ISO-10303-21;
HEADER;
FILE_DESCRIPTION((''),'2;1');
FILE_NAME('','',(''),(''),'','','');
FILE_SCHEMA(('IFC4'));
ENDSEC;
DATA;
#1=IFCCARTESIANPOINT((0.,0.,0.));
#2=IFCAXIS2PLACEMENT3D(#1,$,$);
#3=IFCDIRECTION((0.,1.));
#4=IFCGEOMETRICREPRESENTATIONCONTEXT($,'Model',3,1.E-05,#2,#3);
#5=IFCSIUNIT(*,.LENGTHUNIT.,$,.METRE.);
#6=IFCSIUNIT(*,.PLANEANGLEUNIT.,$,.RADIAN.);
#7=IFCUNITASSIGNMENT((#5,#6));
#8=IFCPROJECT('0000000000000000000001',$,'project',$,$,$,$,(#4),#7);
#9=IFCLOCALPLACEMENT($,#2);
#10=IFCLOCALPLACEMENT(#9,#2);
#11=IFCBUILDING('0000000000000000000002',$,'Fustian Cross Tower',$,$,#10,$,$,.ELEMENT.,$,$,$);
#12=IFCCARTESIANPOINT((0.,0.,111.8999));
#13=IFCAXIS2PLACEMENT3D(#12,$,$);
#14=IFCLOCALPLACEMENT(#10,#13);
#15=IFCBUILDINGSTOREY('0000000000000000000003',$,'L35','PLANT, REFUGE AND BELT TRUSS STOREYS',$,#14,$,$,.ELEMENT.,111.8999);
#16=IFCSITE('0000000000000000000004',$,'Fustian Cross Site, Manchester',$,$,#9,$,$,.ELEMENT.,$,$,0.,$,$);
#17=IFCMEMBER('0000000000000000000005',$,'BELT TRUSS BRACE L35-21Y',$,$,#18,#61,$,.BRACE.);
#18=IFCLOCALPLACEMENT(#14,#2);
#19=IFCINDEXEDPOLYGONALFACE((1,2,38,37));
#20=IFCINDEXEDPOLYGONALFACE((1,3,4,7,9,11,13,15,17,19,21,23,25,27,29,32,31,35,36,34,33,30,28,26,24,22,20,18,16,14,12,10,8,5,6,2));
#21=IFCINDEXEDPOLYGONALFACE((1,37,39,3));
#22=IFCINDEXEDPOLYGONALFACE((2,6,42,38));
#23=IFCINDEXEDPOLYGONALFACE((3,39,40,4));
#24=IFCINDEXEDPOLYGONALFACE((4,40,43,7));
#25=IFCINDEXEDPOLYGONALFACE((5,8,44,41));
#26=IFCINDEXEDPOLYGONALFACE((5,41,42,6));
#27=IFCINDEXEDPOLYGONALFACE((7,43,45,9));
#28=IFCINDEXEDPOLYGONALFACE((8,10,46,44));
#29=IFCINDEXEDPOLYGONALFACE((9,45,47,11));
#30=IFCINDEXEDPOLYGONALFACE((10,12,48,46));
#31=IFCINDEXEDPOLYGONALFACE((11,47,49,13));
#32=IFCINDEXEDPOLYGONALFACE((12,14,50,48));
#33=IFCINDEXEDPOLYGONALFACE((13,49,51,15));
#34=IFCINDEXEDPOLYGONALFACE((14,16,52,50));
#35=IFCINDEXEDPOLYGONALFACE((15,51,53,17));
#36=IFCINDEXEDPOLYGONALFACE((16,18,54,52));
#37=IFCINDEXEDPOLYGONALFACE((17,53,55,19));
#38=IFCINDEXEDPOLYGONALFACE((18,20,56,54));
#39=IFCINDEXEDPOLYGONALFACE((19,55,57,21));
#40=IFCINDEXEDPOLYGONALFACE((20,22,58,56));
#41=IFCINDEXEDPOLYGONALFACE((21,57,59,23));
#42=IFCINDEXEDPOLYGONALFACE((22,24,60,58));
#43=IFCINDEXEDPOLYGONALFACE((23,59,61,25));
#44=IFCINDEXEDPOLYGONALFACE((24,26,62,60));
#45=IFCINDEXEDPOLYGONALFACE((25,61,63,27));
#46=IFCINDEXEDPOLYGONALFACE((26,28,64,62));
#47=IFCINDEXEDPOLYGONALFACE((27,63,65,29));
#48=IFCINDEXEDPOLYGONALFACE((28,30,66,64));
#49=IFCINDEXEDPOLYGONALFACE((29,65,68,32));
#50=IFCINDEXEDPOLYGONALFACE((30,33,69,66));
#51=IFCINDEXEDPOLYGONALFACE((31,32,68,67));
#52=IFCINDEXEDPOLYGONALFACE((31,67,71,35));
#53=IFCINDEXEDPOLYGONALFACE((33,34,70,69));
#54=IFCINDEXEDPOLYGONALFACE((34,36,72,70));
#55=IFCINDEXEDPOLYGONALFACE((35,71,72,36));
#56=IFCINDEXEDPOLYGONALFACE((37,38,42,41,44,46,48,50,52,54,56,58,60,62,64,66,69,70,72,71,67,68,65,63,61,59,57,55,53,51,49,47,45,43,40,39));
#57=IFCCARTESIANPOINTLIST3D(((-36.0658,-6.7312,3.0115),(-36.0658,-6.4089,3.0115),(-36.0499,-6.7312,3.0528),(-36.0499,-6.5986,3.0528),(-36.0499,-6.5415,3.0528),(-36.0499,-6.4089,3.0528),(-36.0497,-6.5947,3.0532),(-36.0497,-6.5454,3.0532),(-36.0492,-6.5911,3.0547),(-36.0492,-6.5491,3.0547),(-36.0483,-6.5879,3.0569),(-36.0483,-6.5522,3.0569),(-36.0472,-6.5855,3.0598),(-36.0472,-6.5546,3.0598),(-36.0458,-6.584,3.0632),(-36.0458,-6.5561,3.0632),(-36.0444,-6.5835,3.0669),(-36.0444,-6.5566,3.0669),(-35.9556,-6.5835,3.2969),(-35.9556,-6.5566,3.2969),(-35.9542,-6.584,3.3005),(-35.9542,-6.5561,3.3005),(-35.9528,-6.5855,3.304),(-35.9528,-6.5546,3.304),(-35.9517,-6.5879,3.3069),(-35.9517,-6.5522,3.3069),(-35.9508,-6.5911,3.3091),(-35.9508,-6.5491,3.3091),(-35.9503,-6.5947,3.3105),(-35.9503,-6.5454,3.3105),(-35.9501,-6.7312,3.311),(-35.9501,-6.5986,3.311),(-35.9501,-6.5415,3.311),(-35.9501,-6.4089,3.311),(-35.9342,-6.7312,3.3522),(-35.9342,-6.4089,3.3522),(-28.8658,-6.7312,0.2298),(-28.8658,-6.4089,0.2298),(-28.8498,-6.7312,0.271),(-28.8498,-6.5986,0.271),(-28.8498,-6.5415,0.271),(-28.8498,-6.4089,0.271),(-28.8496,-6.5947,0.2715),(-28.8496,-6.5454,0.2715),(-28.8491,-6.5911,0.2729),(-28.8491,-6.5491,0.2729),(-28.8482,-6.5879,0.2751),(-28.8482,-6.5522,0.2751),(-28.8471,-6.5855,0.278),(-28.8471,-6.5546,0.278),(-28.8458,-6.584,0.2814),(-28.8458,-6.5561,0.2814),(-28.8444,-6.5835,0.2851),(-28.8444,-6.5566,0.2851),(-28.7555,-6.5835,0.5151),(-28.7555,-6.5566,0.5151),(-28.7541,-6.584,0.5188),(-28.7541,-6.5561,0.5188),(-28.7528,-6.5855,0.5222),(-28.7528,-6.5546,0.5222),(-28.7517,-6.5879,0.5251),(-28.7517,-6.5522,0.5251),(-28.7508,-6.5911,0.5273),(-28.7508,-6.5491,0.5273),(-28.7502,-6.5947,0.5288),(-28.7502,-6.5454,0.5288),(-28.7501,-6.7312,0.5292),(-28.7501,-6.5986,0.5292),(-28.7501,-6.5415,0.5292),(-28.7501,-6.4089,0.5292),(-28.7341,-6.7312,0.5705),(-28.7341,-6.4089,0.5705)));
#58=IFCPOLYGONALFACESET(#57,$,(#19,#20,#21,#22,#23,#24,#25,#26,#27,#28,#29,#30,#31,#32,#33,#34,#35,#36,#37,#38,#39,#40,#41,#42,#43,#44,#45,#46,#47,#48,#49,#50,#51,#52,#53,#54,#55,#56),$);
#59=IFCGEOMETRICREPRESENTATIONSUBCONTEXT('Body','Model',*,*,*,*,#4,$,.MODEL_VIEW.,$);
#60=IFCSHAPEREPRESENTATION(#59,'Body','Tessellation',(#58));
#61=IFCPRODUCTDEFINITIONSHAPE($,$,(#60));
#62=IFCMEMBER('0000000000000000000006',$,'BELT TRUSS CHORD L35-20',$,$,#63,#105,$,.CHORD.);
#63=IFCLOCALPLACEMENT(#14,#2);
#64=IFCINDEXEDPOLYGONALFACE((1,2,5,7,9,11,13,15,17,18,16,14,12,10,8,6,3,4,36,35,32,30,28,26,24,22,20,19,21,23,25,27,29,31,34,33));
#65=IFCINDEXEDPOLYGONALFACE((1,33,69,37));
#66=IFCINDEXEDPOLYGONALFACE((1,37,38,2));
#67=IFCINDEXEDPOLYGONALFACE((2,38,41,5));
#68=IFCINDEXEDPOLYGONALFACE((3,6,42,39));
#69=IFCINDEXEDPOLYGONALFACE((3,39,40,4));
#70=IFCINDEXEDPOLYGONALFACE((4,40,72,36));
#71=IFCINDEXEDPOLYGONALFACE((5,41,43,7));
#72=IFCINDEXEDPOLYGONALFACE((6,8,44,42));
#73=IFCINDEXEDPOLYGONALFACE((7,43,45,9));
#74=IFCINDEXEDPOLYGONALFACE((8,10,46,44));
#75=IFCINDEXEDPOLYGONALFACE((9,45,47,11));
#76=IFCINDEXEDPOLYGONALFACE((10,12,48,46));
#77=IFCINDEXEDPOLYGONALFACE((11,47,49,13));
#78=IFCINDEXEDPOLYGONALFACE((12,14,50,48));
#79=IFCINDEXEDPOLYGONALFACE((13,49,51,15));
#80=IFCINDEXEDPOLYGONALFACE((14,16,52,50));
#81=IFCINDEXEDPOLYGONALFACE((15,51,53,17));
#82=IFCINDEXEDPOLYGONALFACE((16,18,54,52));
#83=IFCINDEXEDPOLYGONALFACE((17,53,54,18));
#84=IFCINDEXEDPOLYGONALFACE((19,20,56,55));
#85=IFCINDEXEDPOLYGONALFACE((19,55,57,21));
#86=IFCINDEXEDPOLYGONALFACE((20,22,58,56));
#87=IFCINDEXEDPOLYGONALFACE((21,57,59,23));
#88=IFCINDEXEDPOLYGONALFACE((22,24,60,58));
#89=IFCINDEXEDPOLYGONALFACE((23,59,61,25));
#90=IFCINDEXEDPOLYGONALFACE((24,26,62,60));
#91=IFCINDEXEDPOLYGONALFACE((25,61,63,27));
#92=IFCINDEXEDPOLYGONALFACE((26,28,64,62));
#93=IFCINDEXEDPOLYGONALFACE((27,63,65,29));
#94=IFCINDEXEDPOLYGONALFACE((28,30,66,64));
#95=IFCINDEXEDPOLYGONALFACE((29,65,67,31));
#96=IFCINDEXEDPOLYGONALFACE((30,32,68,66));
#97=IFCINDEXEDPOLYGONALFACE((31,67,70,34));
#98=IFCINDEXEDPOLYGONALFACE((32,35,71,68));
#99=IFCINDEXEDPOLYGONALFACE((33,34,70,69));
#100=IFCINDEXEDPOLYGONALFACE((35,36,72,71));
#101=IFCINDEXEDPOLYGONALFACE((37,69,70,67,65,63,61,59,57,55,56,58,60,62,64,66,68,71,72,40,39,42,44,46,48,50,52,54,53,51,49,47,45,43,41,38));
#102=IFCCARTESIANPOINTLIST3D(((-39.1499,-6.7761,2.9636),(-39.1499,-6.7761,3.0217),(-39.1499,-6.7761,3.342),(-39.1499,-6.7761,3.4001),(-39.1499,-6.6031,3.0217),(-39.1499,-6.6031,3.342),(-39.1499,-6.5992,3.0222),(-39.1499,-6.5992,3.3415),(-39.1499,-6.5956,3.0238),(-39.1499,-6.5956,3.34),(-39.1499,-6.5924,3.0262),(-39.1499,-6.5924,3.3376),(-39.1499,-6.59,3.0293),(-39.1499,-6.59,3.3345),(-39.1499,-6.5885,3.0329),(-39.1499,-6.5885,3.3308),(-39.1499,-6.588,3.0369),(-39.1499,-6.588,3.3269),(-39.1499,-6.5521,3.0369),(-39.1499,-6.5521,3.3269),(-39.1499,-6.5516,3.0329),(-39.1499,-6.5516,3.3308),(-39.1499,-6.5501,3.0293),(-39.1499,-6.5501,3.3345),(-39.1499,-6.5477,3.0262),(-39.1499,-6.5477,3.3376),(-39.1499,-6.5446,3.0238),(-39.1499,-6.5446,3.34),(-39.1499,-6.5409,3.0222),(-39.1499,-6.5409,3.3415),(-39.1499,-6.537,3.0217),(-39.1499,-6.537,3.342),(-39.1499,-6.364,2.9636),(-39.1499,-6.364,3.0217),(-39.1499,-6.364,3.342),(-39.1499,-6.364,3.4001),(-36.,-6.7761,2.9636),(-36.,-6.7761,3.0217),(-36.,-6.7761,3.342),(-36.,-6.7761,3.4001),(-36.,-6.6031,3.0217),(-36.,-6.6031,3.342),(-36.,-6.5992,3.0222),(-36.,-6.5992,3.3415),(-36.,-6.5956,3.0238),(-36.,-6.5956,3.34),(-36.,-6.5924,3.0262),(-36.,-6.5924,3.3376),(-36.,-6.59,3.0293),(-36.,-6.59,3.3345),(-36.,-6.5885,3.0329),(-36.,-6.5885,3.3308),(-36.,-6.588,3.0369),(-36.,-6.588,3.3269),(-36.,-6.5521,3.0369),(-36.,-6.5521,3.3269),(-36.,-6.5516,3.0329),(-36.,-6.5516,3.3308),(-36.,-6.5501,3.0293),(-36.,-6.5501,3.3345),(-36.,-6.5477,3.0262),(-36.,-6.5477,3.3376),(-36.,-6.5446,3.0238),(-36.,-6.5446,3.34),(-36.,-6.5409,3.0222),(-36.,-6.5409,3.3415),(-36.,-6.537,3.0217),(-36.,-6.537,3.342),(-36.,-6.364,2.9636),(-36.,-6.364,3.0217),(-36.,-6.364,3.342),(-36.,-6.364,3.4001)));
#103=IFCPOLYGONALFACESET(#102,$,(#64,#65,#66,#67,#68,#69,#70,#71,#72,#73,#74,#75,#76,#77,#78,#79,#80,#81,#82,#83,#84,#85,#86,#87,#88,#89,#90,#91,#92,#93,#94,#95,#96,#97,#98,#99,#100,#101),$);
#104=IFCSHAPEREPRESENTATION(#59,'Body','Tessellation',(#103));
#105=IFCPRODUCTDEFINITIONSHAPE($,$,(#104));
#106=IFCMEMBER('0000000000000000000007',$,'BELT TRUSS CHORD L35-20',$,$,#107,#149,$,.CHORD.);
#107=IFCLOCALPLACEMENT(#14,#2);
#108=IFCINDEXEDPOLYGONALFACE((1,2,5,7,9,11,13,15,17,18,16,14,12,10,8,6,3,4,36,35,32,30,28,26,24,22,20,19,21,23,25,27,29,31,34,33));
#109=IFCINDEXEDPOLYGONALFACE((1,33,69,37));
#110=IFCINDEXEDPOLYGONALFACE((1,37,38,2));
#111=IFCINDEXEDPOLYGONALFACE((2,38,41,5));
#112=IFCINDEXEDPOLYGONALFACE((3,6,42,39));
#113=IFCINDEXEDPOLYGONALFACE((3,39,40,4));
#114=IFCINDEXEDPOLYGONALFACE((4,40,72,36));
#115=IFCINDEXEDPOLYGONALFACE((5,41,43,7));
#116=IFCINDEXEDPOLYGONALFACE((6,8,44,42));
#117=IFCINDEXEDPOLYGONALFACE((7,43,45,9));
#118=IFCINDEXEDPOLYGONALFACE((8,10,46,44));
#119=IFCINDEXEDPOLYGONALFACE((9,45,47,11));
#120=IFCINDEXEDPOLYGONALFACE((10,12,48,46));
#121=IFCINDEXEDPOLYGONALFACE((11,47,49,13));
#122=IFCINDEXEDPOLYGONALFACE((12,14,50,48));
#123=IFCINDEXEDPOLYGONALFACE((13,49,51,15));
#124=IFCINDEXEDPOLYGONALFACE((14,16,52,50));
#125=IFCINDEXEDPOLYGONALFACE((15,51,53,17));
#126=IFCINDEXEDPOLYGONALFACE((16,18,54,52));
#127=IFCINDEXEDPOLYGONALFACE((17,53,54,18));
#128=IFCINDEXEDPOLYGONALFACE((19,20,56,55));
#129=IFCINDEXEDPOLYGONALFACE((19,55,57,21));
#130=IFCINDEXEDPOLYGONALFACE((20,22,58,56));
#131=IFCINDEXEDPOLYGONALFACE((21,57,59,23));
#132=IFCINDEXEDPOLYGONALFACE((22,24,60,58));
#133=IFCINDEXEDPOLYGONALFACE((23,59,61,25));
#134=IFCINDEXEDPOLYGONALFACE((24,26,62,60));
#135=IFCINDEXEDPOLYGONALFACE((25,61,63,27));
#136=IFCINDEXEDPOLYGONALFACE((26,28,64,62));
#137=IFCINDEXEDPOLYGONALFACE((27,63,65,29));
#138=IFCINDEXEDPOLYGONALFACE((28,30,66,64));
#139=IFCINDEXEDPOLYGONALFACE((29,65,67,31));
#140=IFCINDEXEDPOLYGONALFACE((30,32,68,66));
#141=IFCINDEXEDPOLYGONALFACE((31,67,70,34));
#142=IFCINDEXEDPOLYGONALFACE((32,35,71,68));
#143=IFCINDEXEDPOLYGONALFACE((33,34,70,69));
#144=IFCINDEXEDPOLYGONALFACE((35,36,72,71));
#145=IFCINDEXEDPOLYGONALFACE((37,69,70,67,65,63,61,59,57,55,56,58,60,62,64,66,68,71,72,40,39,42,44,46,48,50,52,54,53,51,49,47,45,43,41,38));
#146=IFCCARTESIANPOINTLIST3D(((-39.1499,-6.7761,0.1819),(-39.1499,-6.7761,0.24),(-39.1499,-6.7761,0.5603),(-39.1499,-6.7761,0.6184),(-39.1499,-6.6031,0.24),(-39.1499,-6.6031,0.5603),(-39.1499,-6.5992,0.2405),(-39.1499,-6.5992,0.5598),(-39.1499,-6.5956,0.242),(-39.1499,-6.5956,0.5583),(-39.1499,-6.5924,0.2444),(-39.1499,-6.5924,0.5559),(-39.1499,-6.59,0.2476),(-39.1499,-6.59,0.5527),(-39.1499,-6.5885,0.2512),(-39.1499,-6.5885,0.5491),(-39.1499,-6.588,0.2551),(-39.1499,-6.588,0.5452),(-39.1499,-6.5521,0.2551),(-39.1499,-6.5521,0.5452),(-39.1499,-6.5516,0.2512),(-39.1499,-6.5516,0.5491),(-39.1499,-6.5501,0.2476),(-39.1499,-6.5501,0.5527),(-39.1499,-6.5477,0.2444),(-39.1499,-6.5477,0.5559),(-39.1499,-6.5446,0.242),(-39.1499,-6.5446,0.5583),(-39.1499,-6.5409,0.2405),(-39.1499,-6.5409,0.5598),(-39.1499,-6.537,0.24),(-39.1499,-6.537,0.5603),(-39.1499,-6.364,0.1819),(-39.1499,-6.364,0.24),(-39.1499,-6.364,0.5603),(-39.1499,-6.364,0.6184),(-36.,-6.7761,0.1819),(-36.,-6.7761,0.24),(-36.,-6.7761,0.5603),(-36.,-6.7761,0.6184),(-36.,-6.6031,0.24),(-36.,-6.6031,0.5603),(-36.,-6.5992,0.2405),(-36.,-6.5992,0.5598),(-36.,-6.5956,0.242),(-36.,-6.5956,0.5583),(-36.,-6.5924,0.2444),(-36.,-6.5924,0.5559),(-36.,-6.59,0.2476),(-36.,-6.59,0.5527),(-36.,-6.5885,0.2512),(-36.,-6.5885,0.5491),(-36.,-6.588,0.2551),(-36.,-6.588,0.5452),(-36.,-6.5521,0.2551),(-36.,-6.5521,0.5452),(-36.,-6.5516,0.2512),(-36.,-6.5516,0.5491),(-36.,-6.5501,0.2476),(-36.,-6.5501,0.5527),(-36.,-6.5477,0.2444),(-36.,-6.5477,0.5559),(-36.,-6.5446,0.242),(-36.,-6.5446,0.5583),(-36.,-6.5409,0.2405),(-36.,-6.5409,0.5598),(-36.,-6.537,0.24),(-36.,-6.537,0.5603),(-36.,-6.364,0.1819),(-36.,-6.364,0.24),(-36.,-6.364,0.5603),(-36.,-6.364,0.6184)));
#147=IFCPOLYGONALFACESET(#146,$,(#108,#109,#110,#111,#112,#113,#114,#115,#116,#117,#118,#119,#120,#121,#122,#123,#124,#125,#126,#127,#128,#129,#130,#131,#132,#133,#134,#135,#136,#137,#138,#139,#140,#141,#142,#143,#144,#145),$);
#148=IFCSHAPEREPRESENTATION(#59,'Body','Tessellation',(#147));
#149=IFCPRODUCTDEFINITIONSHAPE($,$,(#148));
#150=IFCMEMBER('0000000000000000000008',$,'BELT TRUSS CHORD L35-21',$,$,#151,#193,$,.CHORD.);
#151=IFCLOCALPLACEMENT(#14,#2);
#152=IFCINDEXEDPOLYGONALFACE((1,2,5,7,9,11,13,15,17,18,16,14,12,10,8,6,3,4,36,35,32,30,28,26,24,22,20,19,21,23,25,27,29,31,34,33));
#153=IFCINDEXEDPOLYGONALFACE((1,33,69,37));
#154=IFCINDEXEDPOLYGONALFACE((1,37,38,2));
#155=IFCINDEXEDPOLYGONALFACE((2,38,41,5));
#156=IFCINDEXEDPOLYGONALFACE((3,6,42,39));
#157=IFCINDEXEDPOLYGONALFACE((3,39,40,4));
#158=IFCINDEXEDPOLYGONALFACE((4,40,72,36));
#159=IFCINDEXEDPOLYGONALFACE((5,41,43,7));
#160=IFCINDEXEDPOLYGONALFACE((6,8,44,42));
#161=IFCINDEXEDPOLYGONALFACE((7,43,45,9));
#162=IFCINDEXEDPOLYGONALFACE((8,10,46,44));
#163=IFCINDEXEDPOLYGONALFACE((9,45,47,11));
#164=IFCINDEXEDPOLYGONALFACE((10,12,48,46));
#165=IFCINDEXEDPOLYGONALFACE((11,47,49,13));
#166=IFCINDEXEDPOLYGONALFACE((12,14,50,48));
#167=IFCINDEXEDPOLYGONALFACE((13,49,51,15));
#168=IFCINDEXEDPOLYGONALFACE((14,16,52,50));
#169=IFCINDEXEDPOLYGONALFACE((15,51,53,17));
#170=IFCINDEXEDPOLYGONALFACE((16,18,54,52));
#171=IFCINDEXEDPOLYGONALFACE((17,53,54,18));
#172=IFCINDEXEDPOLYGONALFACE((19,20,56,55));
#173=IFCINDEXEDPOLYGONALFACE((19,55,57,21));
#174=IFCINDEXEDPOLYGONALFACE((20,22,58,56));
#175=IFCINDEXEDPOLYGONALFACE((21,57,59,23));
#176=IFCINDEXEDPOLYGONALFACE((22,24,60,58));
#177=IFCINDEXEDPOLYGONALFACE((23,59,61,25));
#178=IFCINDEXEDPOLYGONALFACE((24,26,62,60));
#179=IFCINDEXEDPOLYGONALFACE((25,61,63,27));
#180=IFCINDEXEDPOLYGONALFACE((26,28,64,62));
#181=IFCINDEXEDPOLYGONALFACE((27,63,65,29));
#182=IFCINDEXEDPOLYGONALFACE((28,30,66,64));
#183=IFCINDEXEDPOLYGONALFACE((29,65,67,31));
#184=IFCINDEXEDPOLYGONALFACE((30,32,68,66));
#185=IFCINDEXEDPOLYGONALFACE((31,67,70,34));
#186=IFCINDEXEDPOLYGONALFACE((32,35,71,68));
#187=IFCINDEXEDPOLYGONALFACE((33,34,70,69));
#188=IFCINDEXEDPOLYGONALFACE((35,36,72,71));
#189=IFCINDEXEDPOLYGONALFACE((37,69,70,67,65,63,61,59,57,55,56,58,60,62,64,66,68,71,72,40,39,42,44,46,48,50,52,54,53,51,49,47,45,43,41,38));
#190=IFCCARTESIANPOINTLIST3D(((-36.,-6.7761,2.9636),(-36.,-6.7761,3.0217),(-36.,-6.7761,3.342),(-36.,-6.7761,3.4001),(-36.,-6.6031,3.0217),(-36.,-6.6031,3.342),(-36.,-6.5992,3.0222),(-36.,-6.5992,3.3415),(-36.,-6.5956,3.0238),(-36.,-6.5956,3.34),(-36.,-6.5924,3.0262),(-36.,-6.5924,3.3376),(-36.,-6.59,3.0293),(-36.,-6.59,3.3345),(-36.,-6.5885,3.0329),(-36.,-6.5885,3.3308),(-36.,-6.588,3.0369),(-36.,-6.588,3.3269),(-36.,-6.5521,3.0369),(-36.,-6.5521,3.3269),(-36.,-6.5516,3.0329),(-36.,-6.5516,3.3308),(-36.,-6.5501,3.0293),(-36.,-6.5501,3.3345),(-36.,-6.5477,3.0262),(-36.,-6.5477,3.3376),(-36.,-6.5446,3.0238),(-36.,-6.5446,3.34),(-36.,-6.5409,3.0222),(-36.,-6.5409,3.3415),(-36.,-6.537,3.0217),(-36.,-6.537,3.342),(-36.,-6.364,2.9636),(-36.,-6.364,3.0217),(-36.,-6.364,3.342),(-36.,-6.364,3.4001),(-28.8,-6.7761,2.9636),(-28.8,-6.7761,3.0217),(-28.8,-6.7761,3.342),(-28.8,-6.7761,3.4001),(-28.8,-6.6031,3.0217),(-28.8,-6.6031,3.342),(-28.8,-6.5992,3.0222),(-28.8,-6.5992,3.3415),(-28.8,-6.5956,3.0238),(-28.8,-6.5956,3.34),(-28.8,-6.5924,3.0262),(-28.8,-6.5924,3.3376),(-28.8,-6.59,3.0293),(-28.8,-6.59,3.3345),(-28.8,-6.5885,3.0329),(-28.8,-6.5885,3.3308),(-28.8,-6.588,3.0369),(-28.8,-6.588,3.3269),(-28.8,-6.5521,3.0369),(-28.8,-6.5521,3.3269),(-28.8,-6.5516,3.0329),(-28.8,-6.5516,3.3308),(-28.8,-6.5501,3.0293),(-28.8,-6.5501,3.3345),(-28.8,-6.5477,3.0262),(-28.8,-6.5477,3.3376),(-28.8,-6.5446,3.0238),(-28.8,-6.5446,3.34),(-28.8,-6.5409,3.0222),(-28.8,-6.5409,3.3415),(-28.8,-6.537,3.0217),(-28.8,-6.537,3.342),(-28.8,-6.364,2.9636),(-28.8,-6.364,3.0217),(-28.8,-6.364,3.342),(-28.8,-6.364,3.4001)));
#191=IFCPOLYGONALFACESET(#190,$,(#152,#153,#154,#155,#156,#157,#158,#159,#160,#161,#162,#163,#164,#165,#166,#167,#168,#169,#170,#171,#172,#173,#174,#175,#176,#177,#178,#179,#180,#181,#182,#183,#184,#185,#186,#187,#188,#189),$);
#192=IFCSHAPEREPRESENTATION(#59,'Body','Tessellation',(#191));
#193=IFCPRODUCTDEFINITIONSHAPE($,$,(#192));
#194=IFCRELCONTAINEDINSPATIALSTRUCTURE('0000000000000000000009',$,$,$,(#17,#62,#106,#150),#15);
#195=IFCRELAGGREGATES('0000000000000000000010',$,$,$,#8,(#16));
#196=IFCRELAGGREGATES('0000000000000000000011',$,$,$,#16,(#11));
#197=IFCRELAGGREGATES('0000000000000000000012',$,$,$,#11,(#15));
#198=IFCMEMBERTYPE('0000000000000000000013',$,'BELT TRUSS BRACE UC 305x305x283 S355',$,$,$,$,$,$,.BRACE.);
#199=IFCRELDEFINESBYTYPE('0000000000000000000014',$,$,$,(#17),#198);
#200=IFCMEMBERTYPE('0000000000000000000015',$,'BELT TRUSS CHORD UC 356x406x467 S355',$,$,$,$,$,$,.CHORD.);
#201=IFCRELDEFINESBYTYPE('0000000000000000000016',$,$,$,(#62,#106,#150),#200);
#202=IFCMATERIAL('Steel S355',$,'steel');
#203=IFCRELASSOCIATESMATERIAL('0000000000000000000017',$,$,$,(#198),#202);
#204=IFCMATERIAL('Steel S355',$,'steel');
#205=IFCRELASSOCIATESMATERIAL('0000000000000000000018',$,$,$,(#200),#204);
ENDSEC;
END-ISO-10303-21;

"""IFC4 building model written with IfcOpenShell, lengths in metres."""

from ifc_helpers import new_model, si_unit, direction, frame, origin, origin_2d, place, context, subcontext, project, spatial, i_section, extrude, material, material_profile, profile_set, type_object, element, save


model = new_model("IFC4")

# Units and contexts
model_context = context("Model", 3, precision=1e-05, world=origin(), true_north=direction((0.0, 1.0)))
body_context = subcontext(model_context, "Body", "Model", "MODEL_VIEW")
ifc_project = project(units=[si_unit("LENGTHUNIT", "METRE"), si_unit("PLANEANGLEUNIT", "RADIAN")], contexts=[model_context])

# Site, building, storey
site_placement = place(None, origin())
site = spatial("IfcSite", under=ifc_project, at=site_placement, Name="Fustian Cross Site, Manchester", CompositionType="ELEMENT", RefElevation=0.0)
building_placement = place(site_placement, origin())
building = spatial("IfcBuilding", under=site, at=building_placement, Name="Fustian Cross Tower", CompositionType="ELEMENT")
storey_placement = place(building_placement, frame((0.0, 0.0, 111.8999)))
storey = spatial("IfcBuildingStorey", under=building, at=storey_placement, Name="L35", Description="PLANT, REFUGE AND BELT TRUSS STOREYS", CompositionType="ELEMENT", Elevation=111.8999)

# Members
ifc_material_1 = material(Name="Steel S355", Category="steel")
ifc_material_profile_1 = material_profile(ifc_material_1, i_section(OverallWidth=0.3223, OverallDepth=0.3652, WebThickness=0.0269, FlangeThickness=0.0442, FilletRadius=0.0151, at=origin_2d()), Name="UC 305x305x283")
ifc_profile_set_1 = profile_set([ifc_material_profile_1], Name="Steel S355")
member_type_1 = type_object("IfcMemberType", Name="BELT TRUSS BRACE UC 305x305x283 S355", PredefinedType="BRACE", material=ifc_profile_set_1)
for number, where, z_axis, x_axis, name in (
    (1, (-36.0, -6.5701, 3.1819), (0.932801, 0.0, -0.360392), (0.0, 1.0, 0.0), "BELT TRUSS BRACE L35-21Y"),
):
    element("IfcMember", number, at=place(storey_placement, frame(where, z_axis=z_axis, x_axis=x_axis)), inside=storey, type_object=member_type_1, Name=name, PredefinedType="BRACE", context=body_context, shape_type="SweptSolid", body=[
        extrude(i_section(OverallWidth=0.3223, OverallDepth=0.3652, WebThickness=0.0269, FlangeThickness=0.0442, FilletRadius=0.0151, at=origin_2d()), origin(), (0.0, 0.0, 1.0), 7.7188),
    ])
ifc_material_2 = material(Name="Steel S355", Category="steel")
ifc_material_profile_2 = material_profile(ifc_material_2, i_section(OverallWidth=0.4121, OverallDepth=0.4365, WebThickness=0.0359, FlangeThickness=0.0581, FilletRadius=0.0151, at=origin_2d()), Name="UC 356x406x467")
ifc_profile_set_2 = profile_set([ifc_material_profile_2], Name="Steel S355")
member_type_2 = type_object("IfcMemberType", Name="BELT TRUSS CHORD UC 356x406x467 S355", PredefinedType="CHORD", material=ifc_profile_set_2)
for number, where, z_axis, x_axis, name in (
    (2, (-39.1499, -6.5701, 3.1819), (1.0, 0.0, 0.0), (0.0, 1.0, 0.0), "BELT TRUSS CHORD L35-20"),
    (3, (-39.1499, -6.5701, 0.4001), (1.0, 0.0, 0.0), (0.0, 1.0, 0.0), "BELT TRUSS CHORD L35-20"),
):
    element("IfcMember", number, at=place(storey_placement, frame(where, z_axis=z_axis, x_axis=x_axis)), inside=storey, type_object=member_type_2, Name=name, PredefinedType="CHORD", context=body_context, shape_type="SweptSolid", body=[
        extrude(i_section(OverallWidth=0.4121, OverallDepth=0.4365, WebThickness=0.0359, FlangeThickness=0.0581, FilletRadius=0.0151, at=origin_2d()), origin(), (0.0, 0.0, 1.0), 3.1499),
    ])
for number, where, z_axis, x_axis, name in (
    (4, (-36.0, -6.5701, 3.1819), (1.0, 0.0, 0.0), (0.0, 1.0, 0.0), "BELT TRUSS CHORD L35-21"),
):
    element("IfcMember", number, at=place(storey_placement, frame(where, z_axis=z_axis, x_axis=x_axis)), inside=storey, type_object=member_type_2, Name=name, PredefinedType="CHORD", context=body_context, shape_type="SweptSolid", body=[
        extrude(i_section(OverallWidth=0.4121, OverallDepth=0.4365, WebThickness=0.0359, FlangeThickness=0.0581, FilletRadius=0.0151, at=origin_2d()), origin(), (0.0, 0.0, 1.0), 7.2),
    ])

save(model, "model.ifc")
